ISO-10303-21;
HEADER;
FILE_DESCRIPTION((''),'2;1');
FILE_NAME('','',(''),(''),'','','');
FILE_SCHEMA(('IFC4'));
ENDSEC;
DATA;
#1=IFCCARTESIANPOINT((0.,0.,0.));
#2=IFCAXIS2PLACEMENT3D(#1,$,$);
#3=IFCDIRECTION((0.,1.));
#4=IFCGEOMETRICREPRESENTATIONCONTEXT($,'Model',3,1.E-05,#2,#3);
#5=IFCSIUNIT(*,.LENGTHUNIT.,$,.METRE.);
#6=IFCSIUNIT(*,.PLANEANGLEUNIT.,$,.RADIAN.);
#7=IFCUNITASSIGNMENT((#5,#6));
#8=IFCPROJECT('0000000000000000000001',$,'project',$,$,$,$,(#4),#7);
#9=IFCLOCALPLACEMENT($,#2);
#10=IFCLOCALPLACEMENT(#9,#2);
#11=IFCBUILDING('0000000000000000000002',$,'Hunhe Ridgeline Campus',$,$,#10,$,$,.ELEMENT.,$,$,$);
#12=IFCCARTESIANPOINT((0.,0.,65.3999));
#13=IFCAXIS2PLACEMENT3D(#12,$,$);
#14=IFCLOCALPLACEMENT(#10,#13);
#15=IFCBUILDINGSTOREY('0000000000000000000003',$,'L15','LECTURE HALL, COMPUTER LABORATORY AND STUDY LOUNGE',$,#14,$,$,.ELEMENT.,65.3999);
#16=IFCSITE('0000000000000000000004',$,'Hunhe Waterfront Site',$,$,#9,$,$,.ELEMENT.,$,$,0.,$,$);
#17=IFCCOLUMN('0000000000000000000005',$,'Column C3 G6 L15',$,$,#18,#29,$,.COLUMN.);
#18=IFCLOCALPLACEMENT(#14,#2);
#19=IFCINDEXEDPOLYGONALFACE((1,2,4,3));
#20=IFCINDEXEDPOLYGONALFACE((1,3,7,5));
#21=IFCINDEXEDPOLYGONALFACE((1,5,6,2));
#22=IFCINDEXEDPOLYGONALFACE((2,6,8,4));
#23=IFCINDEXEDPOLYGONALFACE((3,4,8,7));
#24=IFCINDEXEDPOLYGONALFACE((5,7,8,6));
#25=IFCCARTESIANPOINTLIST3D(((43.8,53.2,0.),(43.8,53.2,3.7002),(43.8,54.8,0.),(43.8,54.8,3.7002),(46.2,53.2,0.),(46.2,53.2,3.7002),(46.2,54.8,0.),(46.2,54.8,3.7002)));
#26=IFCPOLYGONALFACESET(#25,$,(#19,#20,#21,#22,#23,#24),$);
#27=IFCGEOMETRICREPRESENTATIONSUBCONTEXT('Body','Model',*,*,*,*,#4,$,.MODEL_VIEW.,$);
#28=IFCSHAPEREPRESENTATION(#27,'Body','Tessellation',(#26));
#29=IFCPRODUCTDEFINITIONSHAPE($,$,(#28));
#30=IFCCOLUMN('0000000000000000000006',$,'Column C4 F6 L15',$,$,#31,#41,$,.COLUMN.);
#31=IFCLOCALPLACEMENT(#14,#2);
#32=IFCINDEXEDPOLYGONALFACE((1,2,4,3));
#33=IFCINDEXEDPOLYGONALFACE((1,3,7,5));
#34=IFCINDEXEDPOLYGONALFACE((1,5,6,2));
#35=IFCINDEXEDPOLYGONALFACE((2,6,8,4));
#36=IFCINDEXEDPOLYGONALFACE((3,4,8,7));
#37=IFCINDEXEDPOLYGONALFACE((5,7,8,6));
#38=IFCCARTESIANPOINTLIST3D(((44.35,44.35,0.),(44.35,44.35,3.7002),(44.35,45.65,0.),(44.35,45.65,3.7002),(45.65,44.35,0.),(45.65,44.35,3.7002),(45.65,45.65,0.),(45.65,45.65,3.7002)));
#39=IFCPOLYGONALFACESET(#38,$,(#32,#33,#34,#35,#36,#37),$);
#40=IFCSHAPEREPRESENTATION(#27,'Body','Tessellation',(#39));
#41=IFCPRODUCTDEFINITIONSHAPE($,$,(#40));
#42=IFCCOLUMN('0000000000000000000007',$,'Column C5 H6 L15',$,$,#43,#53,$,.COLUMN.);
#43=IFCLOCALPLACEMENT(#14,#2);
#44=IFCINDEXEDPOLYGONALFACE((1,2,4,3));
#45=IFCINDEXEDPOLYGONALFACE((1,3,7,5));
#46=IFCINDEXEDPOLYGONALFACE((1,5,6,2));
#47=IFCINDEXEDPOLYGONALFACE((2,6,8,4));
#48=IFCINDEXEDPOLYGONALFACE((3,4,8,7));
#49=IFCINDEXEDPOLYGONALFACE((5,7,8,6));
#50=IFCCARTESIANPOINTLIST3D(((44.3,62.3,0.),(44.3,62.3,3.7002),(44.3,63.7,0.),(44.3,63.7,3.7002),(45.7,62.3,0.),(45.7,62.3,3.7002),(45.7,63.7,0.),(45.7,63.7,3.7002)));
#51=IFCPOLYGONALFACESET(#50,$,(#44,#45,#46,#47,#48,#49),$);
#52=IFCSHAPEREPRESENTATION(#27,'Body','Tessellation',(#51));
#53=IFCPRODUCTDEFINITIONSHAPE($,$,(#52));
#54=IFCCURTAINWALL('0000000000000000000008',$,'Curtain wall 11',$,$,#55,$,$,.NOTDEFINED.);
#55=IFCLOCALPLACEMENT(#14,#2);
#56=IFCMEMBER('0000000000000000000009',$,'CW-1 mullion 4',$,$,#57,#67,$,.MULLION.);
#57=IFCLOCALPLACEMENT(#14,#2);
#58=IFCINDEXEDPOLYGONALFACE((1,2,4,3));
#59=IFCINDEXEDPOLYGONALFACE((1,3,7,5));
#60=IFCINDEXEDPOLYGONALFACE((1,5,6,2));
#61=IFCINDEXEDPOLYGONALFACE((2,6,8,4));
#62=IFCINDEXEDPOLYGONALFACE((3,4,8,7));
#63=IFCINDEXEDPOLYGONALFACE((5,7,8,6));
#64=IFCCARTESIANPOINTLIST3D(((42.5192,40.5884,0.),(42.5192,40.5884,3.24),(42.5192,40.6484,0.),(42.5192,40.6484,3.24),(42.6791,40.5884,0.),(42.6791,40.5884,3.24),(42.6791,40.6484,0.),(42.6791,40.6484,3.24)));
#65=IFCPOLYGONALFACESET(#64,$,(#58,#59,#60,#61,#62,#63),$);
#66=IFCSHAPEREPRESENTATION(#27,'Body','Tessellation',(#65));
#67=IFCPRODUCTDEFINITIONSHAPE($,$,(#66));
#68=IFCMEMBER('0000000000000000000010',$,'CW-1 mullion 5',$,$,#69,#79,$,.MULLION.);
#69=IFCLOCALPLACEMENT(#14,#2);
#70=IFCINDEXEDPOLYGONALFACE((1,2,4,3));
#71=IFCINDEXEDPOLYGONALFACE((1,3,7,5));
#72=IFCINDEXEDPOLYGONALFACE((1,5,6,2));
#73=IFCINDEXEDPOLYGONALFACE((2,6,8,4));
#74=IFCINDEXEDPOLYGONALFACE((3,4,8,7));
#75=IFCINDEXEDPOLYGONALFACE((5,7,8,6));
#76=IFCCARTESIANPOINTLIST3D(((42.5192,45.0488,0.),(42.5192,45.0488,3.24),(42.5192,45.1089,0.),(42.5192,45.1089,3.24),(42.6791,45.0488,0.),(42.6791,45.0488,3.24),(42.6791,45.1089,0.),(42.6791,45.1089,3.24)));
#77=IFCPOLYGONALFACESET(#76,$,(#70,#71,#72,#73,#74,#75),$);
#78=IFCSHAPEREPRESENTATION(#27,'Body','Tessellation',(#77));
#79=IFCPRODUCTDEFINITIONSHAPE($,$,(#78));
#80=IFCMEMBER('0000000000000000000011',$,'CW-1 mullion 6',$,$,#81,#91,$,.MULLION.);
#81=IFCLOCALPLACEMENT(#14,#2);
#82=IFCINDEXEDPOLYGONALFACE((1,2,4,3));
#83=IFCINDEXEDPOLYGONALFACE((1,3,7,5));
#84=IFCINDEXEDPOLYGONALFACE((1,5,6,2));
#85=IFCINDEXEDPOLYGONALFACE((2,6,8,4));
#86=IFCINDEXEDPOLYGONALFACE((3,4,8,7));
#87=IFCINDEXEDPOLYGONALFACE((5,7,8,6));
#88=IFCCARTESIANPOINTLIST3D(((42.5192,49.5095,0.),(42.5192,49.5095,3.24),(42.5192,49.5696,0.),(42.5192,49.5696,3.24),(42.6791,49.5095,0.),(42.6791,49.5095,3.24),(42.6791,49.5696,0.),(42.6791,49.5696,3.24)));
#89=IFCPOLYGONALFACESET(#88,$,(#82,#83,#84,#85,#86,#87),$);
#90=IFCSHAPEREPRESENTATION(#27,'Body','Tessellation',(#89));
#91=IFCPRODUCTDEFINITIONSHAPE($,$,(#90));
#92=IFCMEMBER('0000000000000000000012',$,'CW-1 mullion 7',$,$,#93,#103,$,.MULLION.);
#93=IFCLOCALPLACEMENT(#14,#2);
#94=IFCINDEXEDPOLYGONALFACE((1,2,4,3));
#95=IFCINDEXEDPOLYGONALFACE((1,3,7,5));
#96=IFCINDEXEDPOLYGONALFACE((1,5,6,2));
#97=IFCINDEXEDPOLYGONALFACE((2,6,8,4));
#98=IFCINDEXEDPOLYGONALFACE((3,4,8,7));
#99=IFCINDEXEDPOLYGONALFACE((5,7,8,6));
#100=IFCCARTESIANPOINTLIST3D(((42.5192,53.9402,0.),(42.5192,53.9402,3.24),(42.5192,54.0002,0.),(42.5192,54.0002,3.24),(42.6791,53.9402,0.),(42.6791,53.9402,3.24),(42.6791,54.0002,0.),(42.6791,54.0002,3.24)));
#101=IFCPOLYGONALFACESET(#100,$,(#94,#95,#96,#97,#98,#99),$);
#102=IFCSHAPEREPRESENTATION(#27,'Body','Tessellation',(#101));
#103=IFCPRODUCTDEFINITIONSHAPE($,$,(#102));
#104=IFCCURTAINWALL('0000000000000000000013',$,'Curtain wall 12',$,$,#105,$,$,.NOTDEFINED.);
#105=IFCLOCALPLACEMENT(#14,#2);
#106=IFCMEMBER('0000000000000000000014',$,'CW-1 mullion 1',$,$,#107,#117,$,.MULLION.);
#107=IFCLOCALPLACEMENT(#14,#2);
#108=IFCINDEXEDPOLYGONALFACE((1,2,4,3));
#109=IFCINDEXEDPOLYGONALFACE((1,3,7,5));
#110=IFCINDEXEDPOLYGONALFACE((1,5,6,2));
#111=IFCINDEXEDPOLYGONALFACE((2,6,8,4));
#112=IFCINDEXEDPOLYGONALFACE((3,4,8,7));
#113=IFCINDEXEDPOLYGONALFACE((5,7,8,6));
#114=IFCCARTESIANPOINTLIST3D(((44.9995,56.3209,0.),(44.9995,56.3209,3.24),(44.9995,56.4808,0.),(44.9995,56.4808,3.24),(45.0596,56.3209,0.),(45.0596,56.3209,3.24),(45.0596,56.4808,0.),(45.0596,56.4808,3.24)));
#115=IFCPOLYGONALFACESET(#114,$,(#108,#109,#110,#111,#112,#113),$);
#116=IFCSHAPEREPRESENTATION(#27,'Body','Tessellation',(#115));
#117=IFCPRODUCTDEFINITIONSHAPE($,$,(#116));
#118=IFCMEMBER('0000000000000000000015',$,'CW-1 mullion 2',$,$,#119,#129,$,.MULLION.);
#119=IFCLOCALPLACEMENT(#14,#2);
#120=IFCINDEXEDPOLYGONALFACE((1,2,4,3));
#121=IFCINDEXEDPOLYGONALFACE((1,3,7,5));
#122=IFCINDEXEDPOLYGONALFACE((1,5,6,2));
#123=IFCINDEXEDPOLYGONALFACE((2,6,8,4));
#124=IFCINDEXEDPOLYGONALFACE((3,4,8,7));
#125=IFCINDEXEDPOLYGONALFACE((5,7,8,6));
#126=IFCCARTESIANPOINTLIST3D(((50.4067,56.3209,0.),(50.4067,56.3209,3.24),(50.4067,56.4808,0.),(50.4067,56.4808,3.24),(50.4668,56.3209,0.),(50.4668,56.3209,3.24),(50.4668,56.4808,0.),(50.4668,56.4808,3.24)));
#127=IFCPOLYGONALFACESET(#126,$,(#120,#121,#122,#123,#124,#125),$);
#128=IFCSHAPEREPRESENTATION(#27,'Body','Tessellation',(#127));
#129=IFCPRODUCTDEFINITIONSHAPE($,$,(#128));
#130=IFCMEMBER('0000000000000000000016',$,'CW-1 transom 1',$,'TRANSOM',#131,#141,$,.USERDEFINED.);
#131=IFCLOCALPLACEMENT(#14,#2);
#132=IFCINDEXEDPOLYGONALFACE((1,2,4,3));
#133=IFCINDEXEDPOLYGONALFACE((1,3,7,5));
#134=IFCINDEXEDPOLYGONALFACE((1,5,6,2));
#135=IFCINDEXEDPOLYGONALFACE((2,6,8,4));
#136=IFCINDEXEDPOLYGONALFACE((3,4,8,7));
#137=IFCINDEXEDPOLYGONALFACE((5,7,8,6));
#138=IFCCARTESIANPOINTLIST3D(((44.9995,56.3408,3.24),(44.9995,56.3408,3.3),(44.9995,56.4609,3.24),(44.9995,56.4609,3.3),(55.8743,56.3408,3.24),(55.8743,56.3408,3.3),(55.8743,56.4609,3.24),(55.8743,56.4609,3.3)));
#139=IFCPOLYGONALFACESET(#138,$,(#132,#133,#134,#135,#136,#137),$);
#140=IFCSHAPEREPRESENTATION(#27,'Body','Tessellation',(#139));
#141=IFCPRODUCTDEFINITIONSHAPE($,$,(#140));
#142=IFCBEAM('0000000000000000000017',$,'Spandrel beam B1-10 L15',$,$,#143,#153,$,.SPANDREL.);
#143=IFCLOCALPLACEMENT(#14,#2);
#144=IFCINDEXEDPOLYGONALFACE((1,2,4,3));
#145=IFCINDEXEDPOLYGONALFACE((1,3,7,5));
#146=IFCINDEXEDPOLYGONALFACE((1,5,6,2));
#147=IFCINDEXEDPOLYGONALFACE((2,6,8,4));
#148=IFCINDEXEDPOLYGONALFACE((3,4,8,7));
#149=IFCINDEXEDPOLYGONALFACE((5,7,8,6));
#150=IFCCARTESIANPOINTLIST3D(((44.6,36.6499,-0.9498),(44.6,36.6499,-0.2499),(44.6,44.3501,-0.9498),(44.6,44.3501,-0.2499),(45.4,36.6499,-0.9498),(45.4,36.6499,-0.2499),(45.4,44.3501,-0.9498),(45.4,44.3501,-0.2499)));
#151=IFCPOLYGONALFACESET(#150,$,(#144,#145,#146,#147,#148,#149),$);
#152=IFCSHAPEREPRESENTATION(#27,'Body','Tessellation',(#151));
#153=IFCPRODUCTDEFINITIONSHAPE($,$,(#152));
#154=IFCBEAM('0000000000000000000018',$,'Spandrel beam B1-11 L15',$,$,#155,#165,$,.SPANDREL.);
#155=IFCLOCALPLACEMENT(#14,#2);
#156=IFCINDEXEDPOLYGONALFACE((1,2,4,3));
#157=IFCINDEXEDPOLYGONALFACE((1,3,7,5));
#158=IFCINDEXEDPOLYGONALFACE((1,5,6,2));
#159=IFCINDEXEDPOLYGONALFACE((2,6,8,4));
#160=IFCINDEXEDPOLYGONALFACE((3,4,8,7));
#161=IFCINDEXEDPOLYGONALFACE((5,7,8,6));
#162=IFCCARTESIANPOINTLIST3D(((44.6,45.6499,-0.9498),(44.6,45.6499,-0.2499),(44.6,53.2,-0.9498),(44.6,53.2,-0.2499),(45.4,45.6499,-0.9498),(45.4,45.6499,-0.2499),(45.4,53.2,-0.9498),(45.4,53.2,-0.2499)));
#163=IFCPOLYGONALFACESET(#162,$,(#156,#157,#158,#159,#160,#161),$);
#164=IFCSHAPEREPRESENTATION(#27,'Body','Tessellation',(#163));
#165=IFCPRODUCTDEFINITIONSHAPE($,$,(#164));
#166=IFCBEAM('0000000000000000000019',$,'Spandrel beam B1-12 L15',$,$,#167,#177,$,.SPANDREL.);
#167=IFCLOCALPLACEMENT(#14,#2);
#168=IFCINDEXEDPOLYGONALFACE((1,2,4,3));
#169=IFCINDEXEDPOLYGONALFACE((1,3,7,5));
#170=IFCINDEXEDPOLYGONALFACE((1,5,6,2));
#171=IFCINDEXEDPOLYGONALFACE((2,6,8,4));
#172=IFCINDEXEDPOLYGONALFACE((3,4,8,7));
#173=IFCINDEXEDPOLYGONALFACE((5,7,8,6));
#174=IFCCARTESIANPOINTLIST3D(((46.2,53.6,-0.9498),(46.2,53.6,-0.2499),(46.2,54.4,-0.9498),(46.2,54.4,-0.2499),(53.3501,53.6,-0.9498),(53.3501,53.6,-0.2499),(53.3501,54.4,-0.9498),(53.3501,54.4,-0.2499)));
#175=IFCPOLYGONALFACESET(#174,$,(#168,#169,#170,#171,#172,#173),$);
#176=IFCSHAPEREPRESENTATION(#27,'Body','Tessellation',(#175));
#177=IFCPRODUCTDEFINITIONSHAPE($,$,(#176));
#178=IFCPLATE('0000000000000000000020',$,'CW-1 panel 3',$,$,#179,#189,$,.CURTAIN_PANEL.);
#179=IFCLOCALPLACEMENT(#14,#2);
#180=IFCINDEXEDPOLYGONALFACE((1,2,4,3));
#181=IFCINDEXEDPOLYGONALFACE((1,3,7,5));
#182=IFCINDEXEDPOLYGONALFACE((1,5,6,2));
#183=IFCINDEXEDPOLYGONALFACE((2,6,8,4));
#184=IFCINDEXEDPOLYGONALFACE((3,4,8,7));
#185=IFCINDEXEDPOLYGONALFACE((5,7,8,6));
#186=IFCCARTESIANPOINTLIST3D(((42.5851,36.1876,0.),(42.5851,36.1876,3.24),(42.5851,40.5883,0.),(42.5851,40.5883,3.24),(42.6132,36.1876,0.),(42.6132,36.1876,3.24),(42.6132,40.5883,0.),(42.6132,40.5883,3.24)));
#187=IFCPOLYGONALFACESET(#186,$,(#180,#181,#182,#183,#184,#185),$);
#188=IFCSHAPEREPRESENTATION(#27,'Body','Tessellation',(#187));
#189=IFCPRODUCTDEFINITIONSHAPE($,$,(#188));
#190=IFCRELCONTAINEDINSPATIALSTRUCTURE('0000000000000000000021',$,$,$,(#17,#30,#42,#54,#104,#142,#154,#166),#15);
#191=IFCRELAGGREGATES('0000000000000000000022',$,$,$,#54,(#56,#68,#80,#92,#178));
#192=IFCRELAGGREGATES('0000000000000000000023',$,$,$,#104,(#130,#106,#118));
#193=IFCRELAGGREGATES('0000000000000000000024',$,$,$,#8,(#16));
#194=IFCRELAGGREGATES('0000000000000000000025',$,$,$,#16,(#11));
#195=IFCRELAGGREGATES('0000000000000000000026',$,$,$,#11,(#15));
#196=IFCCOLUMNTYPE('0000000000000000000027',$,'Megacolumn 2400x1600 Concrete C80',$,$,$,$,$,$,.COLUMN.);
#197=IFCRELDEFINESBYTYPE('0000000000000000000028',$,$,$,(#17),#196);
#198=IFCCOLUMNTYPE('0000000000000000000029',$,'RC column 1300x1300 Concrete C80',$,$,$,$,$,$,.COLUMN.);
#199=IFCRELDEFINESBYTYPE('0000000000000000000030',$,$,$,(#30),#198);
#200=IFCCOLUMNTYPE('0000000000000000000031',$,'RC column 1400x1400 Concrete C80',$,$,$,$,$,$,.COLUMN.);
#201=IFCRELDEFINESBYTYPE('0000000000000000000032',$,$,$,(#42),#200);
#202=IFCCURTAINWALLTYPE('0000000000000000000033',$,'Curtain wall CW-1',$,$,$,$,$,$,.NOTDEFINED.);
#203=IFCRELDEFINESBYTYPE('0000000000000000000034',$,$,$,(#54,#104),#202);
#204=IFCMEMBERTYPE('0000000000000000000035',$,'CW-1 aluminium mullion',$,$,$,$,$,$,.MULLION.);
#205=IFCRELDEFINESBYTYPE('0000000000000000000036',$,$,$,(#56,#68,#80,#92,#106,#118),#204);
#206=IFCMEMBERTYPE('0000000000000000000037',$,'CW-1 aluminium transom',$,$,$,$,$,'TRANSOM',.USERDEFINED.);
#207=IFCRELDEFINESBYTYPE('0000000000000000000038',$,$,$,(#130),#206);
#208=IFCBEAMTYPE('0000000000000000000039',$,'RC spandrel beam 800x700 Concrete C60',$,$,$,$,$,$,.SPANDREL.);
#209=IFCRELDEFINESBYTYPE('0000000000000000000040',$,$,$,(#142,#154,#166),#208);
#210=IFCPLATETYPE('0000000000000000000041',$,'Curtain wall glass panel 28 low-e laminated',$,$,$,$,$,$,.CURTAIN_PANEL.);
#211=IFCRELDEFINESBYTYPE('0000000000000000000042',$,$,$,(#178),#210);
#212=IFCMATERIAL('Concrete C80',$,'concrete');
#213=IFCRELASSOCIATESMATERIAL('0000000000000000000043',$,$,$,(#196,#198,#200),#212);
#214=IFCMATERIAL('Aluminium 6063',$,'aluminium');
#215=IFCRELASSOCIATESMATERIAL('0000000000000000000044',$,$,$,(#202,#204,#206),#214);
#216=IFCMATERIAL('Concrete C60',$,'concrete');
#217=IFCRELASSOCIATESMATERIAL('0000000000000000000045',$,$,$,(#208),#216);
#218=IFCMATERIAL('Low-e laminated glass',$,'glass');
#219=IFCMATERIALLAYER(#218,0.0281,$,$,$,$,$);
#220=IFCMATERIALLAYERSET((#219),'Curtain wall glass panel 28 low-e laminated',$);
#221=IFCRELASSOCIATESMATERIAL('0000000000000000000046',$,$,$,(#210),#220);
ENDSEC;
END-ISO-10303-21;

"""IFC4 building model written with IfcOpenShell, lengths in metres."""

from ifc_helpers import new_model, si_unit, direction, frame, origin, origin_2d, place, context, subcontext, project, spatial, rectangle, extrude, material, layer, layer_set, material_profile, profile_set, type_object, element, aggregate, save


model = new_model("IFC4")

# Units and contexts
model_context = context("Model", 3, precision=1e-05, world=origin(), true_north=direction((0.0, 1.0)))
body_context = subcontext(model_context, "Body", "Model", "MODEL_VIEW")
ifc_project = project(units=[si_unit("LENGTHUNIT", "METRE"), si_unit("PLANEANGLEUNIT", "RADIAN")], contexts=[model_context])

# Site, building, storey
site_placement = place(None, origin())
site = spatial("IfcSite", under=ifc_project, at=site_placement, Name="Hunhe Waterfront Site", CompositionType="ELEMENT", RefElevation=0.0)
building_placement = place(site_placement, origin())
building = spatial("IfcBuilding", under=site, at=building_placement, Name="Hunhe Ridgeline Campus", CompositionType="ELEMENT")
storey_placement = place(building_placement, frame((0.0, 0.0, 65.3999)))
storey = spatial("IfcBuildingStorey", under=building, at=storey_placement, Name="L15", Description="LECTURE HALL, COMPUTER LABORATORY AND STUDY LOUNGE", CompositionType="ELEMENT", Elevation=65.3999)

# Columns
ifc_material_1 = material(Name="Concrete C80", Category="concrete")
ifc_material_profile_1 = material_profile(ifc_material_1, rectangle(XDim=2.3999, YDim=1.6001, at=origin_2d()))
ifc_profile_set_1 = profile_set([ifc_material_profile_1], Name="Concrete C80")
column_type_1 = type_object("IfcColumnType", Name="Megacolumn 2400x1600 Concrete C80", PredefinedType="COLUMN", material=ifc_profile_set_1)
column_1_placement = place(storey_placement, frame((45.0, 54.0, 0.0), z_axis=(0.0, 0.0, 1.0), x_axis=(1.0, 0.0, 0.0)))
element("IfcColumn", 1, at=column_1_placement, inside=storey, type_object=column_type_1, Name="Column C3 G6 L15", PredefinedType="COLUMN", context=body_context, shape_type="SweptSolid", body=[
    extrude(rectangle(XDim=2.3999, YDim=1.6001, at=origin_2d()), origin(), (0.0, 0.0, 1.0), 3.7002),
])
ifc_material_profile_2 = material_profile(ifc_material_1, rectangle(XDim=1.3, YDim=1.3, at=origin_2d()))
ifc_profile_set_2 = profile_set([ifc_material_profile_2], Name="Concrete C80")
column_type_2 = type_object("IfcColumnType", Name="RC column 1300x1300 Concrete C80", PredefinedType="COLUMN", material=ifc_profile_set_2)
column_2_placement = place(storey_placement, frame((45.0, 45.0, 0.0), z_axis=(0.0, 0.0, 1.0), x_axis=(1.0, 0.0, 0.0)))
element("IfcColumn", 2, at=column_2_placement, inside=storey, type_object=column_type_2, Name="Column C4 F6 L15", PredefinedType="COLUMN", context=body_context, shape_type="SweptSolid", body=[
    extrude(rectangle(XDim=1.3, YDim=1.3, at=origin_2d()), origin(), (0.0, 0.0, 1.0), 3.7002),
])
ifc_material_profile_3 = material_profile(ifc_material_1, rectangle(XDim=1.3999, YDim=1.3999, at=origin_2d()))
ifc_profile_set_3 = profile_set([ifc_material_profile_3], Name="Concrete C80")
column_type_3 = type_object("IfcColumnType", Name="RC column 1400x1400 Concrete C80", PredefinedType="COLUMN", material=ifc_profile_set_3)
column_3_placement = place(storey_placement, frame((45.0, 63.0, 0.0), z_axis=(0.0, 0.0, 1.0), x_axis=(1.0, 0.0, 0.0)))
element("IfcColumn", 3, at=column_3_placement, inside=storey, type_object=column_type_3, Name="Column C5 H6 L15", PredefinedType="COLUMN", context=body_context, shape_type="SweptSolid", body=[
    extrude(rectangle(XDim=1.3999, YDim=1.3999, at=origin_2d()), origin(), (0.0, 0.0, 1.0), 3.7002),
])

# Curtain walls, members
ifc_material_2 = material(Name="Aluminium 6063", Category="aluminium")
curtain_wall_type = type_object("IfcCurtainWallType", Name="Curtain wall CW-1", PredefinedType="NOTDEFINED", material=ifc_material_2)
curtain_wall_1_placement = place(storey_placement, origin())
curtain_wall_1 = element("IfcCurtainWall", 4, at=curtain_wall_1_placement, inside=storey, type_object=curtain_wall_type, Name="Curtain wall 11", PredefinedType="NOTDEFINED")
ifc_material_profile_4 = material_profile(ifc_material_2, rectangle(XDim=0.1599, YDim=0.0601, at=origin_2d()))
ifc_profile_set_4 = profile_set([ifc_material_profile_4], Name="Aluminium 6063")
member_type_1 = type_object("IfcMemberType", Name="CW-1 aluminium mullion", PredefinedType="MULLION", material=ifc_profile_set_4)
member_1_placement = place(storey_placement, frame((42.5991, 40.6184, 0.0), z_axis=(0.0, 0.0, 1.0), x_axis=(-1.0, 0.0, 0.0)))
member_1 = element("IfcMember", 5, at=member_1_placement, type_object=member_type_1, Name="CW-1 mullion 4", PredefinedType="MULLION", context=body_context, shape_type="SweptSolid", body=[
    extrude(rectangle(XDim=0.1599, YDim=0.0601, at=origin_2d()), origin(), (0.0, 0.0, 1.0), 3.24),
])
member_2_placement = place(storey_placement, frame((42.5991, 45.0789, 0.0), z_axis=(0.0, 0.0, 1.0), x_axis=(-1.0, 0.0, 0.0)))
member_2 = element("IfcMember", 6, at=member_2_placement, type_object=member_type_1, Name="CW-1 mullion 5", PredefinedType="MULLION", context=body_context, shape_type="SweptSolid", body=[
    extrude(rectangle(XDim=0.1599, YDim=0.0601, at=origin_2d()), origin(), (0.0, 0.0, 1.0), 3.24),
])
member_3_placement = place(storey_placement, frame((42.5991, 49.5396, 0.0), z_axis=(0.0, 0.0, 1.0), x_axis=(-1.0, 0.0, 0.0)))
member_3 = element("IfcMember", 7, at=member_3_placement, type_object=member_type_1, Name="CW-1 mullion 6", PredefinedType="MULLION", context=body_context, shape_type="SweptSolid", body=[
    extrude(rectangle(XDim=0.1599, YDim=0.0601, at=origin_2d()), origin(), (0.0, 0.0, 1.0), 3.24),
])
member_4_placement = place(storey_placement, frame((42.5991, 53.9702, 0.0), z_axis=(0.0, 0.0, 1.0), x_axis=(-1.0, 0.0, 0.0)))
member_4 = element("IfcMember", 8, at=member_4_placement, type_object=member_type_1, Name="CW-1 mullion 7", PredefinedType="MULLION", context=body_context, shape_type="SweptSolid", body=[
    extrude(rectangle(XDim=0.1599, YDim=0.0601, at=origin_2d()), origin(), (0.0, 0.0, 1.0), 3.24),
])
curtain_wall_2_placement = place(storey_placement, origin())
curtain_wall_2 = element("IfcCurtainWall", 9, at=curtain_wall_2_placement, inside=storey, type_object=curtain_wall_type, Name="Curtain wall 12", PredefinedType="NOTDEFINED")
member_5_placement = place(storey_placement, frame((45.0295, 56.4009, 0.0), z_axis=(0.0, 0.0, 1.0), x_axis=(-0.000004, 1.0, 0.0)))
member_5 = element("IfcMember", 10, at=member_5_placement, type_object=member_type_1, Name="CW-1 mullion 1", PredefinedType="MULLION", context=body_context, shape_type="SweptSolid", body=[
    extrude(rectangle(XDim=0.1599, YDim=0.0601, at=origin_2d()), origin(), (0.0, 0.0, 1.0), 3.24),
])
member_6_placement = place(storey_placement, frame((50.4368, 56.4009, 0.0), z_axis=(0.0, 0.0, 1.0), x_axis=(-0.000004, 1.0, 0.0)))
member_6 = element("IfcMember", 11, at=member_6_placement, type_object=member_type_1, Name="CW-1 mullion 2", PredefinedType="MULLION", context=body_context, shape_type="SweptSolid", body=[
    extrude(rectangle(XDim=0.1599, YDim=0.0601, at=origin_2d()), origin(), (0.0, 0.0, 1.0), 3.24),
])
ifc_material_profile_5 = material_profile(ifc_material_2, rectangle(XDim=0.1201, YDim=0.0601, at=origin_2d()))
ifc_profile_set_5 = profile_set([ifc_material_profile_5], Name="Aluminium 6063")
member_type_2 = type_object("IfcMemberType", Name="CW-1 aluminium transom", ElementType="TRANSOM", PredefinedType="USERDEFINED", material=ifc_profile_set_5)
member_7_placement = place(storey_placement, frame((44.9995, 56.4009, 3.27), z_axis=(1.0, 0.0, 0.0), x_axis=(0.0, 1.0, 0.0)))
member_7 = element("IfcMember", 12, at=member_7_placement, type_object=member_type_2, Name="CW-1 transom 1", ObjectType="TRANSOM", PredefinedType="USERDEFINED", context=body_context, shape_type="SweptSolid", body=[
    extrude(rectangle(XDim=0.1201, YDim=0.0601, at=origin_2d()), origin(), (0.0, 0.0, 1.0), 10.8748),
])

# Beams
ifc_material_3 = material(Name="Concrete C60", Category="concrete")
ifc_material_profile_6 = material_profile(ifc_material_3, rectangle(XDim=0.8, YDim=0.7, at=origin_2d()))
ifc_profile_set_6 = profile_set([ifc_material_profile_6], Name="Concrete C60")
beam_type = type_object("IfcBeamType", Name="RC spandrel beam 800x700 Concrete C60", PredefinedType="SPANDREL", material=ifc_profile_set_6)
beam_1_placement = place(storey_placement, frame((45.0, 36.6499, -0.5999), z_axis=(0.0, 1.0, 0.0), x_axis=(-1.0, 0.0, 0.0)))
element("IfcBeam", 13, at=beam_1_placement, inside=storey, type_object=beam_type, Name="Spandrel beam B1-10 L15", PredefinedType="SPANDREL", context=body_context, shape_type="SweptSolid", body=[
    extrude(rectangle(XDim=0.8, YDim=0.7, at=origin_2d()), origin(), (0.0, 0.0, 1.0), 7.7002),
])
beam_2_placement = place(storey_placement, frame((45.0, 45.6499, -0.5999), z_axis=(0.0, 1.0, 0.0), x_axis=(-1.0, 0.0, 0.0)))
element("IfcBeam", 14, at=beam_2_placement, inside=storey, type_object=beam_type, Name="Spandrel beam B1-11 L15", PredefinedType="SPANDREL", context=body_context, shape_type="SweptSolid", body=[
    extrude(rectangle(XDim=0.8, YDim=0.7, at=origin_2d()), origin(), (0.0, 0.0, 1.0), 7.55),
])
beam_3_placement = place(storey_placement, frame((46.2, 54.0, -0.5999), z_axis=(1.0, 0.0, 0.0), x_axis=(0.0, 1.0, 0.0)))
element("IfcBeam", 15, at=beam_3_placement, inside=storey, type_object=beam_type, Name="Spandrel beam B1-12 L15", PredefinedType="SPANDREL", context=body_context, shape_type="SweptSolid", body=[
    extrude(rectangle(XDim=0.8, YDim=0.7, at=origin_2d()), origin(), (0.0, 0.0, 1.0), 7.1501),
])

# Plate
ifc_material_4 = material(Name="Low-e laminated glass", Category="glass")
ifc_layer_1 = layer(ifc_material_4, 0.0281)
ifc_layer_set_1 = layer_set([ifc_layer_1], Name="Curtain wall glass panel 28 low-e laminated")
plate_type = type_object("IfcPlateType", Name="Curtain wall glass panel 28 low-e laminated", PredefinedType="CURTAIN_PANEL", material=ifc_layer_set_1)
plate_1_placement = place(storey_placement, frame((42.5991, 38.3879, 0.0), z_axis=(0.0, 0.0, 1.0), x_axis=(0.0, 1.0, 0.0)))
plate_1 = element("IfcPlate", 16, at=plate_1_placement, type_object=plate_type, Name="CW-1 panel 3", PredefinedType="CURTAIN_PANEL", context=body_context, shape_type="SweptSolid", body=[
    extrude(rectangle(XDim=4.4006, YDim=0.0281, at=origin_2d()), origin(), (0.0, 0.0, 1.0), 3.24),
])
aggregate(curtain_wall_1, [member_1, member_2, member_3, member_4, plate_1])
aggregate(curtain_wall_2, [member_7, member_5, member_6])

save(model, "model.ifc")
